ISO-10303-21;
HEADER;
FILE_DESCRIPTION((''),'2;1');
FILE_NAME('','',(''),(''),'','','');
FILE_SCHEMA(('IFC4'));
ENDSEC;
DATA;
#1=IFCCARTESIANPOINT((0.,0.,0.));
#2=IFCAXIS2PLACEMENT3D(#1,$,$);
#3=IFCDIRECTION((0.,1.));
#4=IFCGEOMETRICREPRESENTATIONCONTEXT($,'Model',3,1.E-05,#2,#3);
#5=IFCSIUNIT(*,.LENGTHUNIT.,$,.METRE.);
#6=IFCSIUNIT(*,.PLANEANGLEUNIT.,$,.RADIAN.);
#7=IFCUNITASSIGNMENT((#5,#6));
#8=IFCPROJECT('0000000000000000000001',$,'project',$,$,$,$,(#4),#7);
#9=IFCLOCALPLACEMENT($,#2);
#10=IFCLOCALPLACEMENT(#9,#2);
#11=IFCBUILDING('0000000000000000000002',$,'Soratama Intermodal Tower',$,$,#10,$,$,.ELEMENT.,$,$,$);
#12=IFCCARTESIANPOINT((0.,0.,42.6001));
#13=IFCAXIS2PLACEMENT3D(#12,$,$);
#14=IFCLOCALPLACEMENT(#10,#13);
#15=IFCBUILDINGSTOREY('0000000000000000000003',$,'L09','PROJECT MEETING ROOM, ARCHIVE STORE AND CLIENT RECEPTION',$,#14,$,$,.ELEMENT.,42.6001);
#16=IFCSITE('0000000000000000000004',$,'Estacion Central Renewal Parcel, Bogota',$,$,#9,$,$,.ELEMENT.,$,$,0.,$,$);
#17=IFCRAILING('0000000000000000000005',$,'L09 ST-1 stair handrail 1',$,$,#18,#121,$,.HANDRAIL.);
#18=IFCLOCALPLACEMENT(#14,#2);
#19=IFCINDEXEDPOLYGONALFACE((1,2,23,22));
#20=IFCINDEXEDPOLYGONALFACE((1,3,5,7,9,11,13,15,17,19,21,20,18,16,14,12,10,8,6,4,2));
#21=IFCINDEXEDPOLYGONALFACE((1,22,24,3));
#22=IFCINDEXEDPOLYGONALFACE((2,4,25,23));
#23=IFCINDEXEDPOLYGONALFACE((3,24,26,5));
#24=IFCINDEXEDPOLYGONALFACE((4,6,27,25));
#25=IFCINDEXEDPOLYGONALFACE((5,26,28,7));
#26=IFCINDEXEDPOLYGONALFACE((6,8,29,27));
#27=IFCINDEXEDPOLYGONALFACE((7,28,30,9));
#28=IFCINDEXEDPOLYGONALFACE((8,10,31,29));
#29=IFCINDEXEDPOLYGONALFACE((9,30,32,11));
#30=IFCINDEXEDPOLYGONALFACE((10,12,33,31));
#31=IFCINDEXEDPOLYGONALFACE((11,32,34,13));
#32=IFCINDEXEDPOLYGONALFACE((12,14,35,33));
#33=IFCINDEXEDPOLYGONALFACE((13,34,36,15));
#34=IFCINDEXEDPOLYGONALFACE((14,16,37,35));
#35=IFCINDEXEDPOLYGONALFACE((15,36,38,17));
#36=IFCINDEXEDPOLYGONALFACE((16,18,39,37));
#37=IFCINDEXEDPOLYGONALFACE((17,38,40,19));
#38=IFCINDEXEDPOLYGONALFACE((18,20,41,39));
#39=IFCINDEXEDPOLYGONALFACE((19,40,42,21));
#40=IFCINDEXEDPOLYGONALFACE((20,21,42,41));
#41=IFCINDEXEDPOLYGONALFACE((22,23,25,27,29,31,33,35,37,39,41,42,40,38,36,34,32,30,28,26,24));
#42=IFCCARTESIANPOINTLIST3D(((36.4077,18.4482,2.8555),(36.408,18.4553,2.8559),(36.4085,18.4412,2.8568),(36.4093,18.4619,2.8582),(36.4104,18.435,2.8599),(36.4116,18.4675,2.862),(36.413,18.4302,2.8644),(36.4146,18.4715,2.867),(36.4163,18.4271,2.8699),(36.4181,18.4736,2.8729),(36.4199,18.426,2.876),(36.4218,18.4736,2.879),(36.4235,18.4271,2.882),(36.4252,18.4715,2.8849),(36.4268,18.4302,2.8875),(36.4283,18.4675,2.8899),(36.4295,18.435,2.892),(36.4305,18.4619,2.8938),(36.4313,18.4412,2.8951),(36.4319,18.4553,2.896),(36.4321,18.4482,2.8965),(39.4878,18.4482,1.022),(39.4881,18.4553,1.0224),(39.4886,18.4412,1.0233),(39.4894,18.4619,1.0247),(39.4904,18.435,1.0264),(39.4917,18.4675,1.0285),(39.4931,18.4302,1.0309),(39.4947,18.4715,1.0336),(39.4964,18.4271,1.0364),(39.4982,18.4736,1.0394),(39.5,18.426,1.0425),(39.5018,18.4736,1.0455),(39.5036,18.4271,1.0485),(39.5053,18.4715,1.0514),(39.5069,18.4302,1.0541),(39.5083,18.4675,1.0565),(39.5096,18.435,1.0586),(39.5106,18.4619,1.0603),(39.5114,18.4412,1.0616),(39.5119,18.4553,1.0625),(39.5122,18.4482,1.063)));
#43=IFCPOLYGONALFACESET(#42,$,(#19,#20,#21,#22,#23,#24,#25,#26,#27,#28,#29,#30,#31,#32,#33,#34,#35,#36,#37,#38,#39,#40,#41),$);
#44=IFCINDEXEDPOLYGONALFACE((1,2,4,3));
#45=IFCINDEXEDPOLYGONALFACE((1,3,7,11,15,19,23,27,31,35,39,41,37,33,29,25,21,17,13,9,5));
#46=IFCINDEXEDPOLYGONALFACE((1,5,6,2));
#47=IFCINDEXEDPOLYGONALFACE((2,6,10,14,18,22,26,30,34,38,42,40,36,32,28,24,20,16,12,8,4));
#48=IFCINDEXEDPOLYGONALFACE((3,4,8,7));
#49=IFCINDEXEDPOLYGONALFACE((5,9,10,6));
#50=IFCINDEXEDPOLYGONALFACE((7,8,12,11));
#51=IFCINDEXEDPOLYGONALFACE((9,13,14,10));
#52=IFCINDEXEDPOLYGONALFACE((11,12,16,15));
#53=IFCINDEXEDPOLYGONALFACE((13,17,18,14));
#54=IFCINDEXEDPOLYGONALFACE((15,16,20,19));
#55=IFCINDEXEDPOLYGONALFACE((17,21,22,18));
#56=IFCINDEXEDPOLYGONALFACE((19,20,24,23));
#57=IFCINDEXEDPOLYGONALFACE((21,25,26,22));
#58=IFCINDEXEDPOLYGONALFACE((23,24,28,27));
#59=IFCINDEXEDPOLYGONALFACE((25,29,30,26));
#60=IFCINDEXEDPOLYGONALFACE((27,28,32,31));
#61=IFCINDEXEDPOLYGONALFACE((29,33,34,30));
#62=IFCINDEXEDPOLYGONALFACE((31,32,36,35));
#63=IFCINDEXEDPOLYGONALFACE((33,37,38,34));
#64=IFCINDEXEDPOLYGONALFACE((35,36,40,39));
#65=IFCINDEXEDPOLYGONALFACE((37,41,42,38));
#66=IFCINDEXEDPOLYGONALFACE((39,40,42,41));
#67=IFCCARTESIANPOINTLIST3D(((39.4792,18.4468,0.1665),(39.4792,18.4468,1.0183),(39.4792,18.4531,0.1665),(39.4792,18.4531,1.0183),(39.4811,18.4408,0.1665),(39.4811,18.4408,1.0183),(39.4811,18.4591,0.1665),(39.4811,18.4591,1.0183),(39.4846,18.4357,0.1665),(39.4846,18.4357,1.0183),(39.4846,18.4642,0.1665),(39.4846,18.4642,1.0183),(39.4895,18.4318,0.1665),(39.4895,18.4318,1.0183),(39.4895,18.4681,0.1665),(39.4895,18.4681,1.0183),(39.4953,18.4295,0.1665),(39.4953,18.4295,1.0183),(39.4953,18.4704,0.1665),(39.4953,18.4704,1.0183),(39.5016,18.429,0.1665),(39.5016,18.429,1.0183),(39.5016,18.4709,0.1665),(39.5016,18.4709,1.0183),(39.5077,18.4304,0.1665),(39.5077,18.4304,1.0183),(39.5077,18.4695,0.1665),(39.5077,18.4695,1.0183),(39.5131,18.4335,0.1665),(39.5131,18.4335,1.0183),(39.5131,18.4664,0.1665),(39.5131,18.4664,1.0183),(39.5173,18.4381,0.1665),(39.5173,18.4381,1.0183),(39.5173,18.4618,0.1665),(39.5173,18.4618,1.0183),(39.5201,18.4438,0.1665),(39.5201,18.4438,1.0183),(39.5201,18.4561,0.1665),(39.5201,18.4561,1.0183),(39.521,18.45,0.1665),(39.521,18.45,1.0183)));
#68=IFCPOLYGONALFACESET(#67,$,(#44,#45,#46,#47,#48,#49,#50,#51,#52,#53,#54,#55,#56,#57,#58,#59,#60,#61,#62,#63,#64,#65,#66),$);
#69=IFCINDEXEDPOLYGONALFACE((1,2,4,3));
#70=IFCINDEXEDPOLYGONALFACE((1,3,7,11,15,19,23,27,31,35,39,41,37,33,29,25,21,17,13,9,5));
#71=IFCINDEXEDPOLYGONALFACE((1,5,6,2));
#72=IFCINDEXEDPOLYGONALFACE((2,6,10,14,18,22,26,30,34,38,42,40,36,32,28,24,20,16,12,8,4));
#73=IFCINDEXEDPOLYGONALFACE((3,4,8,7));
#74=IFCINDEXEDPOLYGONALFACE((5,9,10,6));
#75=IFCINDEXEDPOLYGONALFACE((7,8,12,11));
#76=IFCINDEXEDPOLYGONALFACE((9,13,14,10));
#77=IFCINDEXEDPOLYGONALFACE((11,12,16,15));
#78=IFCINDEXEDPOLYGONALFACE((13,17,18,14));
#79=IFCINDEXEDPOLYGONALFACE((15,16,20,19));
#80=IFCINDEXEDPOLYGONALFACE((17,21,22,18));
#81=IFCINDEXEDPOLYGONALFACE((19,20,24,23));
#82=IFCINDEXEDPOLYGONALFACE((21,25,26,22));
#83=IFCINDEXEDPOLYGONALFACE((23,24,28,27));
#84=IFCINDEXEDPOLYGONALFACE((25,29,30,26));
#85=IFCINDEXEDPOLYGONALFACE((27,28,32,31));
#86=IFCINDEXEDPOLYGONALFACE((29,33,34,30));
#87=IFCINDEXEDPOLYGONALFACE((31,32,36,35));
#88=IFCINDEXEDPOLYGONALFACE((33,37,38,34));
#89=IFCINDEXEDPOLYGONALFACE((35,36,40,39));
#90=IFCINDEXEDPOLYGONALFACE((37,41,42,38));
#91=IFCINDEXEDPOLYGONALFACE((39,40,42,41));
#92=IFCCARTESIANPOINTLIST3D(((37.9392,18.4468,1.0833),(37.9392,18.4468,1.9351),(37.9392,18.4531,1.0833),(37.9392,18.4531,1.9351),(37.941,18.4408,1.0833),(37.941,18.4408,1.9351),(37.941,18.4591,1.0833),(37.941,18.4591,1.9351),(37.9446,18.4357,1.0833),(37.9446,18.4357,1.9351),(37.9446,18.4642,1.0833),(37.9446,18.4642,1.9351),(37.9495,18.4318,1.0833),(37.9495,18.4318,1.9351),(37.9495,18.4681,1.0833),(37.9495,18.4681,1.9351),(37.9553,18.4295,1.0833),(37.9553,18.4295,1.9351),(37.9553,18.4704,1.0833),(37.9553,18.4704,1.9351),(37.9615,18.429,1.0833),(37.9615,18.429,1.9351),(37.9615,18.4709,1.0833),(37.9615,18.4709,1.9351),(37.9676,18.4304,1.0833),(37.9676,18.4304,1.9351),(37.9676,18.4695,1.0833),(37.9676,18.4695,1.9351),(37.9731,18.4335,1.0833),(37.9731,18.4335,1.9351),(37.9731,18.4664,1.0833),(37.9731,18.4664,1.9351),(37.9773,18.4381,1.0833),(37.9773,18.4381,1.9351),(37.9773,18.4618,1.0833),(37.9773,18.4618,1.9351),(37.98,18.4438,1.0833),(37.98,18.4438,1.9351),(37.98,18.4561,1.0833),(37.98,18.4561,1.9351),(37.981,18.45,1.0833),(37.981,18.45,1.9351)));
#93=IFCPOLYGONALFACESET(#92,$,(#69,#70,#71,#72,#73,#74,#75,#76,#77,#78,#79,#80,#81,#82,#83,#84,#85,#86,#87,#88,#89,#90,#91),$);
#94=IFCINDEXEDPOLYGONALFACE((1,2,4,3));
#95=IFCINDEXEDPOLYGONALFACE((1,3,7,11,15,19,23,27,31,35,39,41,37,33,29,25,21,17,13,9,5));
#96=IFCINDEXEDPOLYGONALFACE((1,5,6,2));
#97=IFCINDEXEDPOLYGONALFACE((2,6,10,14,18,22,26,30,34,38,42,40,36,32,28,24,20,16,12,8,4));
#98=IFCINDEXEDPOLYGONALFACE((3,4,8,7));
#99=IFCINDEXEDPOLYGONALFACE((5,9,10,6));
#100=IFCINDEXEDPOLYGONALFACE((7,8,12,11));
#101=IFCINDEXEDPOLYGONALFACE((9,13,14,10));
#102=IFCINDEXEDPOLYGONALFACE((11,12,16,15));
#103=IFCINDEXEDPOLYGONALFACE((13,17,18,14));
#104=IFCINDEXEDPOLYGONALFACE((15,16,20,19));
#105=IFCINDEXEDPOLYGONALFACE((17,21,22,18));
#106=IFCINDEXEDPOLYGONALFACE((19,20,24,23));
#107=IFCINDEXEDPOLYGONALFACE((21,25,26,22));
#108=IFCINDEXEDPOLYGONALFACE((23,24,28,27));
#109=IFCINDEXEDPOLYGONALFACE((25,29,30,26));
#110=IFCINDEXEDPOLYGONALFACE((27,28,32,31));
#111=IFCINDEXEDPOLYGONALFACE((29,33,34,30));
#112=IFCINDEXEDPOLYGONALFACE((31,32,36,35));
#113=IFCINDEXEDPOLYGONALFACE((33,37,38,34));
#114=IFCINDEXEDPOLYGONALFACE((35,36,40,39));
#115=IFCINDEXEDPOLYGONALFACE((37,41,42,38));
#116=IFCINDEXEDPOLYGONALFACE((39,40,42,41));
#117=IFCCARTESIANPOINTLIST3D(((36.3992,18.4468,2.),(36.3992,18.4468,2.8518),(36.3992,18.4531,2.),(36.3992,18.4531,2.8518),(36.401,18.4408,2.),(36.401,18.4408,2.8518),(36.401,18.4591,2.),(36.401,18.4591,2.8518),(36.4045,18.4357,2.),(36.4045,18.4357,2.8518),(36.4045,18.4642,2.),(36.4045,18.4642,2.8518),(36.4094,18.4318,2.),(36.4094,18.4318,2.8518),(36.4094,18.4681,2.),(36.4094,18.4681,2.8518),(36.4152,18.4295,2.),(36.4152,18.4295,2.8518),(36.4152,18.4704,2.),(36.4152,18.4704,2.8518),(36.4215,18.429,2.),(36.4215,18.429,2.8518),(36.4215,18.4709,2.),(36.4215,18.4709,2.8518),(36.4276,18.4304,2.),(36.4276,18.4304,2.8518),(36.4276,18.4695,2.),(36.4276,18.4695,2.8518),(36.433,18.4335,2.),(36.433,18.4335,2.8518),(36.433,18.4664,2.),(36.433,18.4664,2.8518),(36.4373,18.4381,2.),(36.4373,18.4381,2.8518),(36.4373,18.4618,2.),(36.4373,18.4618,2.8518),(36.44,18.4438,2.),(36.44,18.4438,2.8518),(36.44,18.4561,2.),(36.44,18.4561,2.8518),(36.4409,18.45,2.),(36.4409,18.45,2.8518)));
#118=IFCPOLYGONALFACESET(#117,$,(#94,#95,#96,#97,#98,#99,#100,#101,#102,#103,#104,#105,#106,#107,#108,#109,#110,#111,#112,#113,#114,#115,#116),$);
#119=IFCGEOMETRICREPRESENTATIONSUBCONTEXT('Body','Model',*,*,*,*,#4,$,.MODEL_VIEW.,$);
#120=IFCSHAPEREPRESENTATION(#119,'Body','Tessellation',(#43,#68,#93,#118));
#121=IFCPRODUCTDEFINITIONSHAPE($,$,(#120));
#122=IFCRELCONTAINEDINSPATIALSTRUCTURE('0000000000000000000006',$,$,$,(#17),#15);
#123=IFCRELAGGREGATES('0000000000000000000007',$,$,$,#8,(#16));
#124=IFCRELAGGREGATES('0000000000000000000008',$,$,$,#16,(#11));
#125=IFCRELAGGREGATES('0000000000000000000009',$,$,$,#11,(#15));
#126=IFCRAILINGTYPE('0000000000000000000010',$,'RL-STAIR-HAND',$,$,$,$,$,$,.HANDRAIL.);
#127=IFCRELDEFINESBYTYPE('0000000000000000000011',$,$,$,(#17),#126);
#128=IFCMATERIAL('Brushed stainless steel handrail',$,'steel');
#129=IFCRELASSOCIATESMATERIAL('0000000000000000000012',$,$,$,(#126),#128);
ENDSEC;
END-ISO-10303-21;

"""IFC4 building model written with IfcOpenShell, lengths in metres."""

from ifc_helpers import new_model, si_unit, direction, frame, origin, origin_2d, place, context, subcontext, project, spatial, circle, extrude, material, type_object, element, save


model = new_model("IFC4")

# Units and contexts
model_context = context("Model", 3, precision=1e-05, world=origin(), true_north=direction((0.0, 1.0)))
body_context = subcontext(model_context, "Body", "Model", "MODEL_VIEW")
ifc_project = project(units=[si_unit("LENGTHUNIT", "METRE"), si_unit("PLANEANGLEUNIT", "RADIAN")], contexts=[model_context])

# Site, building, storey
site_placement = place(None, origin())
site = spatial("IfcSite", under=ifc_project, at=site_placement, Name="Estacion Central Renewal Parcel, Bogota", CompositionType="ELEMENT", RefElevation=0.0)
building_placement = place(site_placement, origin())
building = spatial("IfcBuilding", under=site, at=building_placement, Name="Soratama Intermodal Tower", CompositionType="ELEMENT")
storey_placement = place(building_placement, frame((0.0, 0.0, 42.6001)))
storey = spatial("IfcBuildingStorey", under=building, at=storey_placement, Name="L09", Description="PROJECT MEETING ROOM, ARCHIVE STORE AND CLIENT RECEPTION", CompositionType="ELEMENT", Elevation=42.6001)

# Railing
ifc_material_1 = material(Name="Brushed stainless steel handrail", Category="steel")
railing_type_1 = type_object("IfcRailingType", Name="RL-STAIR-HAND", PredefinedType="HANDRAIL", material=ifc_material_1)
railing_1_placement = place(storey_placement, frame((39.5, 18.45, 0.1665)))
element("IfcRailing", 1, at=railing_1_placement, inside=storey, type_object=railing_type_1, Name="L09 ST-1 stair handrail 1", PredefinedType="HANDRAIL", context=body_context, shape_type="SweptSolid", body=[
    extrude(circle(Radius=0.0239, at=origin_2d()), frame((0.0, 0.0, 0.876), z_axis=(-0.859279, 0.0, 0.511508), x_axis=(0.0, -1.0, 0.0)), (0.0, 0.0, 1.0), 3.5845),
    extrude(circle(Radius=0.021, at=origin_2d()), origin(), (0.0, 0.0, 1.0), 0.8518),
    extrude(circle(Radius=0.021, at=origin_2d()), frame((-1.54, 0.0, 0.9167)), (0.0, 0.0, 1.0), 0.8518),
    extrude(circle(Radius=0.021, at=origin_2d()), frame((-3.0801, 0.0, 1.8335)), (0.0, 0.0, 1.0), 0.8518),
])

save(model, "model.ifc")
